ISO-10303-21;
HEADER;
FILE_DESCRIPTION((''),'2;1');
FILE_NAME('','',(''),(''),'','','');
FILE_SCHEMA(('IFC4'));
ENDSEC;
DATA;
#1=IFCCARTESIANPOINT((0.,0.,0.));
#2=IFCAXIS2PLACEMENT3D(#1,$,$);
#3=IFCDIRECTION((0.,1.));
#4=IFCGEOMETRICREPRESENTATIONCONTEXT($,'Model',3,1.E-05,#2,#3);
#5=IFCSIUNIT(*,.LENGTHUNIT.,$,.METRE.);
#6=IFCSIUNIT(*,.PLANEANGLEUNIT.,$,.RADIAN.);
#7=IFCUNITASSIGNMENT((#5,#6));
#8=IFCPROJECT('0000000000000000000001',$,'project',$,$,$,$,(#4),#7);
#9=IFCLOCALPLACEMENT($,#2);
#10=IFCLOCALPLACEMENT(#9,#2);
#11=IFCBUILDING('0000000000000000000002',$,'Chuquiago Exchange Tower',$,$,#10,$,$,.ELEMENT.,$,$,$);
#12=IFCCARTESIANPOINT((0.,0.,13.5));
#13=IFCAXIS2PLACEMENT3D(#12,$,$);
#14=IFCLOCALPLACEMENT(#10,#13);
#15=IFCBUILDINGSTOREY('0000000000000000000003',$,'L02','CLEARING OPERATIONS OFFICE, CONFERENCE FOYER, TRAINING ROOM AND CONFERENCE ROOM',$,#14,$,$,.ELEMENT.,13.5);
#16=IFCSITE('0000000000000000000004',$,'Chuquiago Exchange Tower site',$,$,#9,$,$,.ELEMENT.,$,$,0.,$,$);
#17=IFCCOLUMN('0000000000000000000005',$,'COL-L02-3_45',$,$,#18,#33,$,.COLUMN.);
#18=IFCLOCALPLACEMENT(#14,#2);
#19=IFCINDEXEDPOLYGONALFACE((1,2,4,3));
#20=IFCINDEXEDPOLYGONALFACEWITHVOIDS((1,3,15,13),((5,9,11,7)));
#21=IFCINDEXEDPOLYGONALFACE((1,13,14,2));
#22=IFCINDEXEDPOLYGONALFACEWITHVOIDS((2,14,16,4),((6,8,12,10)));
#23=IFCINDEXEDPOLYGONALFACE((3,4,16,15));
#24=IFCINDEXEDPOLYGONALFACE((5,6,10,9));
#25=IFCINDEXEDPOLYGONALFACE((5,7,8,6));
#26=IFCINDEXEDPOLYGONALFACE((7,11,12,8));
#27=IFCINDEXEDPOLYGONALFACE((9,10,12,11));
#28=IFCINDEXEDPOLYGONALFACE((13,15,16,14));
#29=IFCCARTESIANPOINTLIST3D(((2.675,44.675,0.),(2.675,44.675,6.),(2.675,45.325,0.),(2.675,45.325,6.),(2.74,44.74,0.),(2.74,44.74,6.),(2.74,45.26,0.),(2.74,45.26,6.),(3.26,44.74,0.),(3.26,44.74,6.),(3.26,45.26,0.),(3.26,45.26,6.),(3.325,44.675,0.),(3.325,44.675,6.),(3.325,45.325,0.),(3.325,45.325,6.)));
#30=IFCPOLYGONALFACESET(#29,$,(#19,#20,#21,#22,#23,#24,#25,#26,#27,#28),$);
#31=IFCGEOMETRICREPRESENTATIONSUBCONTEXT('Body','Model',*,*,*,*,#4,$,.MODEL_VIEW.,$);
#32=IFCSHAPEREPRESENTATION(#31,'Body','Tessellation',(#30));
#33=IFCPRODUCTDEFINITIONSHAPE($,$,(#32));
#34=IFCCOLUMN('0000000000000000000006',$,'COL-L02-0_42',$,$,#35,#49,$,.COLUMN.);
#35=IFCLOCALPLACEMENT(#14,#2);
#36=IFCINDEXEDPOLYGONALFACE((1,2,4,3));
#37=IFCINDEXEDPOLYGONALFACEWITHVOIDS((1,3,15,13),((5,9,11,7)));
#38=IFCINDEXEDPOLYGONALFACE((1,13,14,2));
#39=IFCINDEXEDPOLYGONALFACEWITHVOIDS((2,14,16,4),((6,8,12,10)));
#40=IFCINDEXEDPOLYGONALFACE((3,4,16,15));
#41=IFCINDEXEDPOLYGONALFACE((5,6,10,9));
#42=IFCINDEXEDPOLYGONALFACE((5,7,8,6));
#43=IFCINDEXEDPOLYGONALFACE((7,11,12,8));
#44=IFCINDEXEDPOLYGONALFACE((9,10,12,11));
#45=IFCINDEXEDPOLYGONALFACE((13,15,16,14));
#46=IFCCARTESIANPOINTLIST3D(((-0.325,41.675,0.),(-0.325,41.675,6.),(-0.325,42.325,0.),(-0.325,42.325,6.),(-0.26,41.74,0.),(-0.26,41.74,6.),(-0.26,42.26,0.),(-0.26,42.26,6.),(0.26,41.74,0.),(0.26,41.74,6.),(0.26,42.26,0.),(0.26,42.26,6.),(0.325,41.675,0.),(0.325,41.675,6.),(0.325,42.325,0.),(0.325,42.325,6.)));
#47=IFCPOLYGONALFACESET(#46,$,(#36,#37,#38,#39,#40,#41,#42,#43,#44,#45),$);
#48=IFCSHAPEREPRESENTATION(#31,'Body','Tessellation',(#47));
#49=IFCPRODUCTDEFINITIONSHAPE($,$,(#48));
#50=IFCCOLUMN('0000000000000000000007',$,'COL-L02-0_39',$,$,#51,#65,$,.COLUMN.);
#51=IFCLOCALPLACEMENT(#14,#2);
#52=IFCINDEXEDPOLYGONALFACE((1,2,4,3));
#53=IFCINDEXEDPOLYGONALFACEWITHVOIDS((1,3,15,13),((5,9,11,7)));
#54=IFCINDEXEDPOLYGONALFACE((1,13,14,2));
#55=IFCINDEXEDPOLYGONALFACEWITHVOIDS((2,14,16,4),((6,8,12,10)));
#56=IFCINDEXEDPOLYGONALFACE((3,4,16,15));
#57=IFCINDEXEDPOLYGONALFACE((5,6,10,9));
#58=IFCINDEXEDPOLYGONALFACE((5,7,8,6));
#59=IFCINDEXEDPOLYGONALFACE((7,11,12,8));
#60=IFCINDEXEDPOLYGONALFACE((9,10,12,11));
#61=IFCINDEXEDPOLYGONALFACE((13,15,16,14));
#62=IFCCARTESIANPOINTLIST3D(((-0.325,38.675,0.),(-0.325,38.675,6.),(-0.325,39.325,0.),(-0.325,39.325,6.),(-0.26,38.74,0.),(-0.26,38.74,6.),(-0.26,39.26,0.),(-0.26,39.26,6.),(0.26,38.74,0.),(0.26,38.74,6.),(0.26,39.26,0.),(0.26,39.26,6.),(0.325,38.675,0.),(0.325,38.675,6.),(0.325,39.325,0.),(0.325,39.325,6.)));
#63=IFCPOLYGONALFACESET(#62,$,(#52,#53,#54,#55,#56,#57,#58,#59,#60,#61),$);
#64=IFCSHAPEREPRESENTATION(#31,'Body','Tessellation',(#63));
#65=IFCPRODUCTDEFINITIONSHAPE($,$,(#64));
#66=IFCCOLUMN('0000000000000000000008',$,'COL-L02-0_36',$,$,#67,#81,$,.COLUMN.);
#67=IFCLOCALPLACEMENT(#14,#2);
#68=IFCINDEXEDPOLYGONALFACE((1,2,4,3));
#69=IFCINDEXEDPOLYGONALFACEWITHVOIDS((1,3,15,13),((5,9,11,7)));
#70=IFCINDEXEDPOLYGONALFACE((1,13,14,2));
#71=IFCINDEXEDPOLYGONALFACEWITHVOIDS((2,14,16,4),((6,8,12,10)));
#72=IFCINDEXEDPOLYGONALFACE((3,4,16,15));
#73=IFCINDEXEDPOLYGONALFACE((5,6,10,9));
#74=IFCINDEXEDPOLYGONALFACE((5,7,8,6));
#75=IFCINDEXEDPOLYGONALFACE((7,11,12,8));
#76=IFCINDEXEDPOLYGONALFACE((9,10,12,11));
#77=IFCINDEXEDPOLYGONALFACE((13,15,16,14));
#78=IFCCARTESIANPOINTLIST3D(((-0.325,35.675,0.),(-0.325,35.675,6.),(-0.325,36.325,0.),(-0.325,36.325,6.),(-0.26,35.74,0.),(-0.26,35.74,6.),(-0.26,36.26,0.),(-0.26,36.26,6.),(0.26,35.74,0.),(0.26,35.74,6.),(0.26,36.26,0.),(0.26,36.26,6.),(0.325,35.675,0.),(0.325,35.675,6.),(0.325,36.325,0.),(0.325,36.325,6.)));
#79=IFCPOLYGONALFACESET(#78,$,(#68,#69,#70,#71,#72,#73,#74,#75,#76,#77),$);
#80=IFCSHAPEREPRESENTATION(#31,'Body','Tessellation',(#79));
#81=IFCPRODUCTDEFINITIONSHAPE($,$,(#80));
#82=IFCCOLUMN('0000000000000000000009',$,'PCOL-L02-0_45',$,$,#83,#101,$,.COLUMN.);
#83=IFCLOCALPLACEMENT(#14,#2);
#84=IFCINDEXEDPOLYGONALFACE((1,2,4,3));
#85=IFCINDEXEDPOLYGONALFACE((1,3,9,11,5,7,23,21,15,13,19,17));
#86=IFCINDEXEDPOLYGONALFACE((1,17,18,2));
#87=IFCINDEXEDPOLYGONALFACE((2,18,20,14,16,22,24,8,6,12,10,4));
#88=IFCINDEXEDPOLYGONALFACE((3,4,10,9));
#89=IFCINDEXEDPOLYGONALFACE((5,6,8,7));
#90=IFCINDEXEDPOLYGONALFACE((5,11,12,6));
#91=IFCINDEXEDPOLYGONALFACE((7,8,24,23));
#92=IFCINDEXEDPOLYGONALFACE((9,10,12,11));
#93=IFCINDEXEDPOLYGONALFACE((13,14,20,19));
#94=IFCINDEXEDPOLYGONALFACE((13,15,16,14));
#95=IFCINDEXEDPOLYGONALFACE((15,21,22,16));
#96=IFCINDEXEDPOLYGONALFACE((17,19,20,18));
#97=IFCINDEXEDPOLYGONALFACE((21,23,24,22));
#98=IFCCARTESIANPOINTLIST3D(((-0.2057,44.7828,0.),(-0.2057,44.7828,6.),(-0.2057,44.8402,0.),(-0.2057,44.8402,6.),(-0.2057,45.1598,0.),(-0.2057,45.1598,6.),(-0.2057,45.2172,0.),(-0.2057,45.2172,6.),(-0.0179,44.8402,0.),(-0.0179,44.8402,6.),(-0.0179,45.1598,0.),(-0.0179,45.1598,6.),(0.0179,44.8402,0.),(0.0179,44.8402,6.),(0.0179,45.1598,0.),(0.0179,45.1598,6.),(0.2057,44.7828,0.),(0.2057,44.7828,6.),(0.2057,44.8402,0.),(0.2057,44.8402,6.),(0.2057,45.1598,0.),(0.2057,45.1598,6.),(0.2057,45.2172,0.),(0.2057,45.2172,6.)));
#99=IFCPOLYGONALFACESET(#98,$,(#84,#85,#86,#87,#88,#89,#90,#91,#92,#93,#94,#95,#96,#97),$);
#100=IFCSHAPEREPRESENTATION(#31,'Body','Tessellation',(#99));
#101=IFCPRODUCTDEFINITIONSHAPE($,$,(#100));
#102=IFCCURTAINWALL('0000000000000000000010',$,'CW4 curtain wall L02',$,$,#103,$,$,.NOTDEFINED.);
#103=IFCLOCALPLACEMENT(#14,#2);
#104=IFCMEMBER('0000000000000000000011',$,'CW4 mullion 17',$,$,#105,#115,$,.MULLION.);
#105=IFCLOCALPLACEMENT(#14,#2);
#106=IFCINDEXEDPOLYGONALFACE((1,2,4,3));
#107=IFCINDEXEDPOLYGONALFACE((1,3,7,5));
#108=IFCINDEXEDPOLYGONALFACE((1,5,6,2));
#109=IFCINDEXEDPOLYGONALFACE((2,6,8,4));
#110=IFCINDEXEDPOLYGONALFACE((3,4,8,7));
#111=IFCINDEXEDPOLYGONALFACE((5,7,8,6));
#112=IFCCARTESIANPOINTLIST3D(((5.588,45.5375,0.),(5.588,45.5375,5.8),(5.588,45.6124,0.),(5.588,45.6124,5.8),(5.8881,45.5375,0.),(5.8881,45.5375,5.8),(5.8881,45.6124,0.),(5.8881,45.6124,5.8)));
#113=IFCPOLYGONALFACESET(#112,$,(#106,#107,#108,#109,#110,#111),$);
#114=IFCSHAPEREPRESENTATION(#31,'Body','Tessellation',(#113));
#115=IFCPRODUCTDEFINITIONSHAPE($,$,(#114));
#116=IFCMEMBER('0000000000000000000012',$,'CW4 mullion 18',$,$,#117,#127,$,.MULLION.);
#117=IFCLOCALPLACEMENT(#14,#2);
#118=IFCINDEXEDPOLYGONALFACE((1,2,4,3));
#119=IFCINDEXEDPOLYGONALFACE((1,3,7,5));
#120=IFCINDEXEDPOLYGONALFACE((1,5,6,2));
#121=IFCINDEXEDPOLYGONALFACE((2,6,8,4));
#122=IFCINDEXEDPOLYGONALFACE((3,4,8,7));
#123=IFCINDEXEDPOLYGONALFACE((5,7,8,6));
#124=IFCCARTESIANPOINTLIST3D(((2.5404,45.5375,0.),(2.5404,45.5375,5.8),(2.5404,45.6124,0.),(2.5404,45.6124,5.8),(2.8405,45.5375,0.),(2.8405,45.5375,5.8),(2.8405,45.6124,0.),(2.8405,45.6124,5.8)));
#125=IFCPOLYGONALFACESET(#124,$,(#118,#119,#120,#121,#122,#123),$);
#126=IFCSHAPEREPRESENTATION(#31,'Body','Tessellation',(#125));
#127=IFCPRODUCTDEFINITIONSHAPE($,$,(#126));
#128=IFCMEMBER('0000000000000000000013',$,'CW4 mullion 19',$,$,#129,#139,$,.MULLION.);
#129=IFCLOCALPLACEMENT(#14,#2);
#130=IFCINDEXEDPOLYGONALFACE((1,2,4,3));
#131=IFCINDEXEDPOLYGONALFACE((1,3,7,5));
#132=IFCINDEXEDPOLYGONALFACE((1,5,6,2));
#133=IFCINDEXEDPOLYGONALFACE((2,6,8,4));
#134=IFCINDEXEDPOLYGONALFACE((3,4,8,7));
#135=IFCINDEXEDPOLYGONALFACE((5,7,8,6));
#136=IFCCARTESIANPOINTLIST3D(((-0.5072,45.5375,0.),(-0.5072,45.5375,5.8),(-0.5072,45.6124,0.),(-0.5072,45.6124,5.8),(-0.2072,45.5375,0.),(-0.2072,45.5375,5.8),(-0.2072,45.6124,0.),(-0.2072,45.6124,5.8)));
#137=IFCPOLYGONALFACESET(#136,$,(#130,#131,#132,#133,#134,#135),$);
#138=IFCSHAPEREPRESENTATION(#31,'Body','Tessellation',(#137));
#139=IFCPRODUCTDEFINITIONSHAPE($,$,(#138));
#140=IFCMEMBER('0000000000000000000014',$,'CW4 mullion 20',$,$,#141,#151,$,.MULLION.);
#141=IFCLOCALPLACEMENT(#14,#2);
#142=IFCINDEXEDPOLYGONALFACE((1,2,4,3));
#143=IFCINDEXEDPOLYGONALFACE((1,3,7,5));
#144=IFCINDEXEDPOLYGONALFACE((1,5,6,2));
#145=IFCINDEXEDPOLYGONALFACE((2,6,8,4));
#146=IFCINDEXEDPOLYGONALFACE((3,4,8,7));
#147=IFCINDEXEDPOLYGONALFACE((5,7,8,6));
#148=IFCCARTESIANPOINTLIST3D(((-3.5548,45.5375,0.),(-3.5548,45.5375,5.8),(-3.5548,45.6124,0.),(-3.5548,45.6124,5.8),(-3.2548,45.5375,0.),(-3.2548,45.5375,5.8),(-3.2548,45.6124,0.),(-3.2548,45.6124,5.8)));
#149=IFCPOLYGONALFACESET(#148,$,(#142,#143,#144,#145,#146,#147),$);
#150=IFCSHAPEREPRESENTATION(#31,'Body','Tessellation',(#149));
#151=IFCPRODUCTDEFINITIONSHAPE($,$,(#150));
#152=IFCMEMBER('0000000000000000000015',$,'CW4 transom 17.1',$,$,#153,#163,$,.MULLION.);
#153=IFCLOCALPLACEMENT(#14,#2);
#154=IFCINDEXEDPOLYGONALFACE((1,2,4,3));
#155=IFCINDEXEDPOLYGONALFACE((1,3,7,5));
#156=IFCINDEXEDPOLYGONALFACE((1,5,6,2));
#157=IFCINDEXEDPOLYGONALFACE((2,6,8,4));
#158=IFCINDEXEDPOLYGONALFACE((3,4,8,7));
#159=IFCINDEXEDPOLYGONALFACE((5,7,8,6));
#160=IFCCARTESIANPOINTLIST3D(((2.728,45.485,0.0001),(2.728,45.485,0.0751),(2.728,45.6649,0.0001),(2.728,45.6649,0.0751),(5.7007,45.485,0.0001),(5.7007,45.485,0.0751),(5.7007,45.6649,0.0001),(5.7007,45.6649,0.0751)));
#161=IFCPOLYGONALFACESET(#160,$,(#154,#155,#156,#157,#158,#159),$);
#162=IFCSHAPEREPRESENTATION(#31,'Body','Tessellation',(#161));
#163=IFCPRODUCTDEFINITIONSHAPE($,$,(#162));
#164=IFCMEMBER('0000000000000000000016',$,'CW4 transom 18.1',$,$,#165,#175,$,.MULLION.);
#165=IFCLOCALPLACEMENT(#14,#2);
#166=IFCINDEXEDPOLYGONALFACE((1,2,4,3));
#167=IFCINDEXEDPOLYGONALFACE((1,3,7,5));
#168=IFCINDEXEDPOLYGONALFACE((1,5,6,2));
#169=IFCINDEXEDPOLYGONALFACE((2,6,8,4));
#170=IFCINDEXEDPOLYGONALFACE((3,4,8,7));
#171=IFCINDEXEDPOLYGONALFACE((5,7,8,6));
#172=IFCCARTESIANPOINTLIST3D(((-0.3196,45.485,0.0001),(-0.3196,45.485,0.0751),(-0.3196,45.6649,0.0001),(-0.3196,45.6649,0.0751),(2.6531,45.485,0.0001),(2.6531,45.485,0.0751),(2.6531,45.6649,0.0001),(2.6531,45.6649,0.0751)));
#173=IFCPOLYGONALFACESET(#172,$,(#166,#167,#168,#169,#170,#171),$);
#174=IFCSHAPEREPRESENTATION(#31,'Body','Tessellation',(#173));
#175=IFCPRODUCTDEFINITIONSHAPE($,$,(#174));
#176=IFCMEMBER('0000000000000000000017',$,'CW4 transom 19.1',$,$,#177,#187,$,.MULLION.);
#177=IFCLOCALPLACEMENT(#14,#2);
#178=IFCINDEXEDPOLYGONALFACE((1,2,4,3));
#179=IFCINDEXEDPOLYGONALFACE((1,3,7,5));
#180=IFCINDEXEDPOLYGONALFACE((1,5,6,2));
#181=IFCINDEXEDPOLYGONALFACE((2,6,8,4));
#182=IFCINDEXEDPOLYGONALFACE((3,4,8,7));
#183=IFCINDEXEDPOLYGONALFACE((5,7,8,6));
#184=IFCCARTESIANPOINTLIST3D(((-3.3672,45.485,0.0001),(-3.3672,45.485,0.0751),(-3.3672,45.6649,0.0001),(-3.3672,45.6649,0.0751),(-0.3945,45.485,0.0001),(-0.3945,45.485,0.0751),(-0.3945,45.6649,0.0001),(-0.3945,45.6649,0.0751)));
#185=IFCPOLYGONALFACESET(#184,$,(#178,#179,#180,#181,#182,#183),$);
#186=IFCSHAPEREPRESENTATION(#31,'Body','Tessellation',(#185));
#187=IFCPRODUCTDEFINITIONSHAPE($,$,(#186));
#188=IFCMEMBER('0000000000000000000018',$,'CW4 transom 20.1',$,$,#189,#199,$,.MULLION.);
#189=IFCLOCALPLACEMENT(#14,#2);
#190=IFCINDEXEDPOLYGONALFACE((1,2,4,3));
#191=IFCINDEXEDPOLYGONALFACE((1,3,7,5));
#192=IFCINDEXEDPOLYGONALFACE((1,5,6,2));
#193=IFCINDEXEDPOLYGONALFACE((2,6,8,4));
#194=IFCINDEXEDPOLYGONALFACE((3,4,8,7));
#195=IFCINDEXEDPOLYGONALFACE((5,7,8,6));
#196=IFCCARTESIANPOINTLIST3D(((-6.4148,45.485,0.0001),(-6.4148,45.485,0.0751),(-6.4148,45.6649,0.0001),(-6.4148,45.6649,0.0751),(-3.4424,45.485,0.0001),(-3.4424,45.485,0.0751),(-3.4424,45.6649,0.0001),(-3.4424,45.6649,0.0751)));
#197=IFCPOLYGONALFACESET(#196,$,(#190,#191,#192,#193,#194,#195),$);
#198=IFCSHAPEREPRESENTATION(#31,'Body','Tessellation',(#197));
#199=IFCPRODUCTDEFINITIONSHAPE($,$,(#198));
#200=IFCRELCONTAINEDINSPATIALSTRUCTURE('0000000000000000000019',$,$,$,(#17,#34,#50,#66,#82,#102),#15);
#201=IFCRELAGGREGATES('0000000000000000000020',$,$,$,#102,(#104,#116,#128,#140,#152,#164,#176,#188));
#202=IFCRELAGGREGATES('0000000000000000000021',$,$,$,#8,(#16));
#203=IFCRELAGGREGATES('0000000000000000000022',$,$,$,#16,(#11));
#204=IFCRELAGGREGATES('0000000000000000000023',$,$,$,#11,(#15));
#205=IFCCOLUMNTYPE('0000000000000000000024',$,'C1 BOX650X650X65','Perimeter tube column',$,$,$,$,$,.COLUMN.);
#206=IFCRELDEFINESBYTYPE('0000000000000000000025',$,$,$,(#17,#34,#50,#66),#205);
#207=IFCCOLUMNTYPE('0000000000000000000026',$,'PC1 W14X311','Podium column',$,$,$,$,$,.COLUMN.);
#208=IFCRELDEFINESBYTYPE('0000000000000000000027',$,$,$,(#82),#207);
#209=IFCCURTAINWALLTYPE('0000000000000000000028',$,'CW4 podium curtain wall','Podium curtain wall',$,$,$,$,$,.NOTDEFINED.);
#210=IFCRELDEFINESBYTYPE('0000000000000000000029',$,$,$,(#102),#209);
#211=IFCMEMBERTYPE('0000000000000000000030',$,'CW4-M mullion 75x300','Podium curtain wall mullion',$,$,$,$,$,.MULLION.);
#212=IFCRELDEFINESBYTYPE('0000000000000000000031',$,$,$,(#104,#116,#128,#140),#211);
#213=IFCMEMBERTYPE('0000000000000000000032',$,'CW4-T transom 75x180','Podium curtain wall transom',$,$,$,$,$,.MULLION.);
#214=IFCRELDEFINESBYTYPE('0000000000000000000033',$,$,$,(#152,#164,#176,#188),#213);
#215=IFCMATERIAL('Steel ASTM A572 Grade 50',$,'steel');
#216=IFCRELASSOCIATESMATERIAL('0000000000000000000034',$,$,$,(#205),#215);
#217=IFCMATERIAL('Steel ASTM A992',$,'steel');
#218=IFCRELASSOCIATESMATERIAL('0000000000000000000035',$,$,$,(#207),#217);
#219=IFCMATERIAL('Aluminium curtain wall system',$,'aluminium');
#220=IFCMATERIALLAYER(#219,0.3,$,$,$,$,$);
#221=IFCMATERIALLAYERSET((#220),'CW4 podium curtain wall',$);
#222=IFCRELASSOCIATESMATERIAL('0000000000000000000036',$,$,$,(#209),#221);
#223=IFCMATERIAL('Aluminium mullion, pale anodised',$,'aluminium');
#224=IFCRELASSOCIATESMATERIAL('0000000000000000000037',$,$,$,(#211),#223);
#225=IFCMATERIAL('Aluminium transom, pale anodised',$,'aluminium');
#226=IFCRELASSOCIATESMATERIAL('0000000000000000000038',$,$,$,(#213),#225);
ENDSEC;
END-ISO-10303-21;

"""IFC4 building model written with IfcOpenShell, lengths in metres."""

from ifc_helpers import new_model, si_unit, direction, frame, origin, origin_2d, place, context, subcontext, project, spatial, rectangle, hollow_rectangle, i_section, extrude, material, layer, layer_set, material_profile, profile_set, type_object, element, aggregate, save


model = new_model("IFC4")

# Units and contexts
model_context = context("Model", 3, precision=1e-05, world=origin(), true_north=direction((0.0, 1.0)))
body_context = subcontext(model_context, "Body", "Model", "MODEL_VIEW")
ifc_project = project(units=[si_unit("LENGTHUNIT", "METRE"), si_unit("PLANEANGLEUNIT", "RADIAN")], contexts=[model_context])

# Site, building, storey
site_placement = place(None, origin())
site = spatial("IfcSite", under=ifc_project, at=site_placement, Name="Chuquiago Exchange Tower site", CompositionType="ELEMENT", RefElevation=0.0)
building_placement = place(site_placement, origin())
building = spatial("IfcBuilding", under=site, at=building_placement, Name="Chuquiago Exchange Tower", CompositionType="ELEMENT")
storey_placement = place(building_placement, frame((0.0, 0.0, 13.5)))
storey = spatial("IfcBuildingStorey", under=building, at=storey_placement, Name="L02", Description="CLEARING OPERATIONS OFFICE, CONFERENCE FOYER, TRAINING ROOM AND CONFERENCE ROOM", CompositionType="ELEMENT", Elevation=13.5)

# Columns
ifc_material_1 = material(Name="Steel ASTM A572 Grade 50", Category="steel")
ifc_material_profile_1 = material_profile(ifc_material_1, hollow_rectangle(XDim=0.6499, YDim=0.6499, WallThickness=0.0649, at=origin_2d()), Name="BOX650X650X65")
ifc_profile_set_1 = profile_set([ifc_material_profile_1], Name="Steel ASTM A572 Grade 50")
column_type_1 = type_object("IfcColumnType", Name="C1 BOX650X650X65", Description="Perimeter tube column", PredefinedType="COLUMN", material=ifc_profile_set_1)
for number, where, z_axis, x_axis, name in (
    (1, (3.0, 45.0, 0.0), (0.0, 0.0, 1.0), (0.0, 1.0, 0.0), "COL-L02-3_45"),
    (2, (0.0, 42.0, 0.0), (0.0, 0.0, 1.0), (-1.0, 0.0, 0.0), "COL-L02-0_42"),
    (3, (0.0, 39.0, 0.0), (0.0, 0.0, 1.0), (-1.0, 0.0, 0.0), "COL-L02-0_39"),
    (4, (0.0, 36.0, 0.0), (0.0, 0.0, 1.0), (-1.0, 0.0, 0.0), "COL-L02-0_36"),
):
    element("IfcColumn", number, at=place(storey_placement, frame(where, z_axis=z_axis, x_axis=x_axis)), inside=storey, type_object=column_type_1, Name=name, PredefinedType="COLUMN", context=body_context, shape_type="SweptSolid", body=[
        extrude(hollow_rectangle(XDim=0.6499, YDim=0.6499, WallThickness=0.0649, at=origin_2d()), origin(), (0.0, 0.0, 1.0), 6.0),
    ])
ifc_material_2 = material(Name="Steel ASTM A992", Category="steel")
ifc_material_profile_2 = material_profile(ifc_material_2, i_section(OverallWidth=0.4114, OverallDepth=0.4343, WebThickness=0.0359, FlangeThickness=0.0574, at=origin_2d()), Name="W14X311")
ifc_profile_set_2 = profile_set([ifc_material_profile_2], Name="Steel ASTM A992")
column_type_2 = type_object("IfcColumnType", Name="PC1 W14X311", Description="Podium column", PredefinedType="COLUMN", material=ifc_profile_set_2)
column_placement = place(storey_placement, frame((0.0, 45.0, 0.0), z_axis=(0.0, 0.0, 1.0), x_axis=(1.0, 0.0, 0.0)))
element("IfcColumn", 5, at=column_placement, inside=storey, type_object=column_type_2, Name="PCOL-L02-0_45", PredefinedType="COLUMN", context=body_context, shape_type="SweptSolid", body=[
    extrude(i_section(OverallWidth=0.4114, OverallDepth=0.4343, WebThickness=0.0359, FlangeThickness=0.0574, at=origin_2d()), origin(), (0.0, 0.0, 1.0), 6.0),
])

# Curtain wall, members
ifc_material_3 = material(Name="Aluminium curtain wall system", Category="aluminium")
ifc_layer_1 = layer(ifc_material_3, 0.3)
ifc_layer_set_1 = layer_set([ifc_layer_1], Name="CW4 podium curtain wall")
curtain_wall_type = type_object("IfcCurtainWallType", Name="CW4 podium curtain wall", Description="Podium curtain wall", PredefinedType="NOTDEFINED", material=ifc_layer_set_1)
curtain_wall_placement = place(storey_placement, origin())
curtain_wall = element("IfcCurtainWall", 6, at=curtain_wall_placement, inside=storey, type_object=curtain_wall_type, Name="CW4 curtain wall L02", PredefinedType="NOTDEFINED")
ifc_material_4 = material(Name="Aluminium mullion, pale anodised", Category="aluminium")
ifc_material_profile_3 = material_profile(ifc_material_4, rectangle(XDim=0.075, YDim=0.3, at=origin_2d()), Name="AL 75x300")
ifc_profile_set_3 = profile_set([ifc_material_profile_3], Name="Aluminium mullion, pale anodised")
member_type_1 = type_object("IfcMemberType", Name="CW4-M mullion 75x300", Description="Podium curtain wall mullion", PredefinedType="MULLION", material=ifc_profile_set_3)
member_1_placement = place(storey_placement, frame((5.738, 45.575, 0.0), z_axis=(0.0, 0.0, 1.0), x_axis=(0.0, -1.0, 0.0)))
member_1 = element("IfcMember", 7, at=member_1_placement, type_object=member_type_1, Name="CW4 mullion 17", PredefinedType="MULLION", context=body_context, shape_type="SweptSolid", body=[
    extrude(rectangle(XDim=0.075, YDim=0.3, at=origin_2d()), origin(), (0.0, 0.0, 1.0), 5.8),
])
member_2_placement = place(storey_placement, frame((2.6904, 45.575, 0.0), z_axis=(0.0, 0.0, 1.0), x_axis=(0.0, -1.0, 0.0)))
member_2 = element("IfcMember", 8, at=member_2_placement, type_object=member_type_1, Name="CW4 mullion 18", PredefinedType="MULLION", context=body_context, shape_type="SweptSolid", body=[
    extrude(rectangle(XDim=0.075, YDim=0.3, at=origin_2d()), origin(), (0.0, 0.0, 1.0), 5.8),
])
member_3_placement = place(storey_placement, frame((-0.3572, 45.575, 0.0), z_axis=(0.0, 0.0, 1.0), x_axis=(0.0, -1.0, 0.0)))
member_3 = element("IfcMember", 9, at=member_3_placement, type_object=member_type_1, Name="CW4 mullion 19", PredefinedType="MULLION", context=body_context, shape_type="SweptSolid", body=[
    extrude(rectangle(XDim=0.075, YDim=0.3, at=origin_2d()), origin(), (0.0, 0.0, 1.0), 5.8),
])
member_4_placement = place(storey_placement, frame((-3.4048, 45.575, 0.0), z_axis=(0.0, 0.0, 1.0), x_axis=(0.0, -1.0, 0.0)))
member_4 = element("IfcMember", 10, at=member_4_placement, type_object=member_type_1, Name="CW4 mullion 20", PredefinedType="MULLION", context=body_context, shape_type="SweptSolid", body=[
    extrude(rectangle(XDim=0.075, YDim=0.3, at=origin_2d()), origin(), (0.0, 0.0, 1.0), 5.8),
])
ifc_material_5 = material(Name="Aluminium transom, pale anodised", Category="aluminium")
ifc_material_profile_4 = material_profile(ifc_material_5, rectangle(XDim=0.1799, YDim=0.075, at=origin_2d()), Name="AL 180x75")
ifc_profile_set_4 = profile_set([ifc_material_profile_4], Name="Aluminium transom, pale anodised")
member_type_2 = type_object("IfcMemberType", Name="CW4-T transom 75x180", Description="Podium curtain wall transom", PredefinedType="MULLION", material=ifc_profile_set_4)
member_5_placement = place(storey_placement, frame((5.7007, 45.575, 0.0376), z_axis=(-1.0, 0.0, 0.0), x_axis=(0.0, -1.0, 0.0)))
member_5 = element("IfcMember", 11, at=member_5_placement, type_object=member_type_2, Name="CW4 transom 17.1", PredefinedType="MULLION", context=body_context, shape_type="SweptSolid", body=[
    extrude(rectangle(XDim=0.1799, YDim=0.075, at=origin_2d()), origin(), (0.0, 0.0, 1.0), 2.9727),
])
member_6_placement = place(storey_placement, frame((2.6531, 45.575, 0.0376), z_axis=(-1.0, 0.0, 0.0), x_axis=(0.0, -1.0, 0.0)))
member_6 = element("IfcMember", 12, at=member_6_placement, type_object=member_type_2, Name="CW4 transom 18.1", PredefinedType="MULLION", context=body_context, shape_type="SweptSolid", body=[
    extrude(rectangle(XDim=0.1799, YDim=0.075, at=origin_2d()), origin(), (0.0, 0.0, 1.0), 2.9727),
])
member_7_placement = place(storey_placement, frame((-0.3945, 45.575, 0.0376), z_axis=(-1.0, 0.0, 0.0), x_axis=(0.0, -1.0, 0.0)))
member_7 = element("IfcMember", 13, at=member_7_placement, type_object=member_type_2, Name="CW4 transom 19.1", PredefinedType="MULLION", context=body_context, shape_type="SweptSolid", body=[
    extrude(rectangle(XDim=0.1799, YDim=0.075, at=origin_2d()), origin(), (0.0, 0.0, 1.0), 2.9727),
])
member_8_placement = place(storey_placement, frame((-3.4424, 45.575, 0.0376), z_axis=(-1.0, 0.0, 0.0), x_axis=(0.0, -1.0, 0.0)))
member_8 = element("IfcMember", 14, at=member_8_placement, type_object=member_type_2, Name="CW4 transom 20.1", PredefinedType="MULLION", context=body_context, shape_type="SweptSolid", body=[
    extrude(rectangle(XDim=0.1799, YDim=0.075, at=origin_2d()), origin(), (0.0, 0.0, 1.0), 2.9724),
])

aggregate(curtain_wall, [member_1, member_2, member_3, member_4, member_5, member_6, member_7, member_8])

save(model, "model.ifc")
